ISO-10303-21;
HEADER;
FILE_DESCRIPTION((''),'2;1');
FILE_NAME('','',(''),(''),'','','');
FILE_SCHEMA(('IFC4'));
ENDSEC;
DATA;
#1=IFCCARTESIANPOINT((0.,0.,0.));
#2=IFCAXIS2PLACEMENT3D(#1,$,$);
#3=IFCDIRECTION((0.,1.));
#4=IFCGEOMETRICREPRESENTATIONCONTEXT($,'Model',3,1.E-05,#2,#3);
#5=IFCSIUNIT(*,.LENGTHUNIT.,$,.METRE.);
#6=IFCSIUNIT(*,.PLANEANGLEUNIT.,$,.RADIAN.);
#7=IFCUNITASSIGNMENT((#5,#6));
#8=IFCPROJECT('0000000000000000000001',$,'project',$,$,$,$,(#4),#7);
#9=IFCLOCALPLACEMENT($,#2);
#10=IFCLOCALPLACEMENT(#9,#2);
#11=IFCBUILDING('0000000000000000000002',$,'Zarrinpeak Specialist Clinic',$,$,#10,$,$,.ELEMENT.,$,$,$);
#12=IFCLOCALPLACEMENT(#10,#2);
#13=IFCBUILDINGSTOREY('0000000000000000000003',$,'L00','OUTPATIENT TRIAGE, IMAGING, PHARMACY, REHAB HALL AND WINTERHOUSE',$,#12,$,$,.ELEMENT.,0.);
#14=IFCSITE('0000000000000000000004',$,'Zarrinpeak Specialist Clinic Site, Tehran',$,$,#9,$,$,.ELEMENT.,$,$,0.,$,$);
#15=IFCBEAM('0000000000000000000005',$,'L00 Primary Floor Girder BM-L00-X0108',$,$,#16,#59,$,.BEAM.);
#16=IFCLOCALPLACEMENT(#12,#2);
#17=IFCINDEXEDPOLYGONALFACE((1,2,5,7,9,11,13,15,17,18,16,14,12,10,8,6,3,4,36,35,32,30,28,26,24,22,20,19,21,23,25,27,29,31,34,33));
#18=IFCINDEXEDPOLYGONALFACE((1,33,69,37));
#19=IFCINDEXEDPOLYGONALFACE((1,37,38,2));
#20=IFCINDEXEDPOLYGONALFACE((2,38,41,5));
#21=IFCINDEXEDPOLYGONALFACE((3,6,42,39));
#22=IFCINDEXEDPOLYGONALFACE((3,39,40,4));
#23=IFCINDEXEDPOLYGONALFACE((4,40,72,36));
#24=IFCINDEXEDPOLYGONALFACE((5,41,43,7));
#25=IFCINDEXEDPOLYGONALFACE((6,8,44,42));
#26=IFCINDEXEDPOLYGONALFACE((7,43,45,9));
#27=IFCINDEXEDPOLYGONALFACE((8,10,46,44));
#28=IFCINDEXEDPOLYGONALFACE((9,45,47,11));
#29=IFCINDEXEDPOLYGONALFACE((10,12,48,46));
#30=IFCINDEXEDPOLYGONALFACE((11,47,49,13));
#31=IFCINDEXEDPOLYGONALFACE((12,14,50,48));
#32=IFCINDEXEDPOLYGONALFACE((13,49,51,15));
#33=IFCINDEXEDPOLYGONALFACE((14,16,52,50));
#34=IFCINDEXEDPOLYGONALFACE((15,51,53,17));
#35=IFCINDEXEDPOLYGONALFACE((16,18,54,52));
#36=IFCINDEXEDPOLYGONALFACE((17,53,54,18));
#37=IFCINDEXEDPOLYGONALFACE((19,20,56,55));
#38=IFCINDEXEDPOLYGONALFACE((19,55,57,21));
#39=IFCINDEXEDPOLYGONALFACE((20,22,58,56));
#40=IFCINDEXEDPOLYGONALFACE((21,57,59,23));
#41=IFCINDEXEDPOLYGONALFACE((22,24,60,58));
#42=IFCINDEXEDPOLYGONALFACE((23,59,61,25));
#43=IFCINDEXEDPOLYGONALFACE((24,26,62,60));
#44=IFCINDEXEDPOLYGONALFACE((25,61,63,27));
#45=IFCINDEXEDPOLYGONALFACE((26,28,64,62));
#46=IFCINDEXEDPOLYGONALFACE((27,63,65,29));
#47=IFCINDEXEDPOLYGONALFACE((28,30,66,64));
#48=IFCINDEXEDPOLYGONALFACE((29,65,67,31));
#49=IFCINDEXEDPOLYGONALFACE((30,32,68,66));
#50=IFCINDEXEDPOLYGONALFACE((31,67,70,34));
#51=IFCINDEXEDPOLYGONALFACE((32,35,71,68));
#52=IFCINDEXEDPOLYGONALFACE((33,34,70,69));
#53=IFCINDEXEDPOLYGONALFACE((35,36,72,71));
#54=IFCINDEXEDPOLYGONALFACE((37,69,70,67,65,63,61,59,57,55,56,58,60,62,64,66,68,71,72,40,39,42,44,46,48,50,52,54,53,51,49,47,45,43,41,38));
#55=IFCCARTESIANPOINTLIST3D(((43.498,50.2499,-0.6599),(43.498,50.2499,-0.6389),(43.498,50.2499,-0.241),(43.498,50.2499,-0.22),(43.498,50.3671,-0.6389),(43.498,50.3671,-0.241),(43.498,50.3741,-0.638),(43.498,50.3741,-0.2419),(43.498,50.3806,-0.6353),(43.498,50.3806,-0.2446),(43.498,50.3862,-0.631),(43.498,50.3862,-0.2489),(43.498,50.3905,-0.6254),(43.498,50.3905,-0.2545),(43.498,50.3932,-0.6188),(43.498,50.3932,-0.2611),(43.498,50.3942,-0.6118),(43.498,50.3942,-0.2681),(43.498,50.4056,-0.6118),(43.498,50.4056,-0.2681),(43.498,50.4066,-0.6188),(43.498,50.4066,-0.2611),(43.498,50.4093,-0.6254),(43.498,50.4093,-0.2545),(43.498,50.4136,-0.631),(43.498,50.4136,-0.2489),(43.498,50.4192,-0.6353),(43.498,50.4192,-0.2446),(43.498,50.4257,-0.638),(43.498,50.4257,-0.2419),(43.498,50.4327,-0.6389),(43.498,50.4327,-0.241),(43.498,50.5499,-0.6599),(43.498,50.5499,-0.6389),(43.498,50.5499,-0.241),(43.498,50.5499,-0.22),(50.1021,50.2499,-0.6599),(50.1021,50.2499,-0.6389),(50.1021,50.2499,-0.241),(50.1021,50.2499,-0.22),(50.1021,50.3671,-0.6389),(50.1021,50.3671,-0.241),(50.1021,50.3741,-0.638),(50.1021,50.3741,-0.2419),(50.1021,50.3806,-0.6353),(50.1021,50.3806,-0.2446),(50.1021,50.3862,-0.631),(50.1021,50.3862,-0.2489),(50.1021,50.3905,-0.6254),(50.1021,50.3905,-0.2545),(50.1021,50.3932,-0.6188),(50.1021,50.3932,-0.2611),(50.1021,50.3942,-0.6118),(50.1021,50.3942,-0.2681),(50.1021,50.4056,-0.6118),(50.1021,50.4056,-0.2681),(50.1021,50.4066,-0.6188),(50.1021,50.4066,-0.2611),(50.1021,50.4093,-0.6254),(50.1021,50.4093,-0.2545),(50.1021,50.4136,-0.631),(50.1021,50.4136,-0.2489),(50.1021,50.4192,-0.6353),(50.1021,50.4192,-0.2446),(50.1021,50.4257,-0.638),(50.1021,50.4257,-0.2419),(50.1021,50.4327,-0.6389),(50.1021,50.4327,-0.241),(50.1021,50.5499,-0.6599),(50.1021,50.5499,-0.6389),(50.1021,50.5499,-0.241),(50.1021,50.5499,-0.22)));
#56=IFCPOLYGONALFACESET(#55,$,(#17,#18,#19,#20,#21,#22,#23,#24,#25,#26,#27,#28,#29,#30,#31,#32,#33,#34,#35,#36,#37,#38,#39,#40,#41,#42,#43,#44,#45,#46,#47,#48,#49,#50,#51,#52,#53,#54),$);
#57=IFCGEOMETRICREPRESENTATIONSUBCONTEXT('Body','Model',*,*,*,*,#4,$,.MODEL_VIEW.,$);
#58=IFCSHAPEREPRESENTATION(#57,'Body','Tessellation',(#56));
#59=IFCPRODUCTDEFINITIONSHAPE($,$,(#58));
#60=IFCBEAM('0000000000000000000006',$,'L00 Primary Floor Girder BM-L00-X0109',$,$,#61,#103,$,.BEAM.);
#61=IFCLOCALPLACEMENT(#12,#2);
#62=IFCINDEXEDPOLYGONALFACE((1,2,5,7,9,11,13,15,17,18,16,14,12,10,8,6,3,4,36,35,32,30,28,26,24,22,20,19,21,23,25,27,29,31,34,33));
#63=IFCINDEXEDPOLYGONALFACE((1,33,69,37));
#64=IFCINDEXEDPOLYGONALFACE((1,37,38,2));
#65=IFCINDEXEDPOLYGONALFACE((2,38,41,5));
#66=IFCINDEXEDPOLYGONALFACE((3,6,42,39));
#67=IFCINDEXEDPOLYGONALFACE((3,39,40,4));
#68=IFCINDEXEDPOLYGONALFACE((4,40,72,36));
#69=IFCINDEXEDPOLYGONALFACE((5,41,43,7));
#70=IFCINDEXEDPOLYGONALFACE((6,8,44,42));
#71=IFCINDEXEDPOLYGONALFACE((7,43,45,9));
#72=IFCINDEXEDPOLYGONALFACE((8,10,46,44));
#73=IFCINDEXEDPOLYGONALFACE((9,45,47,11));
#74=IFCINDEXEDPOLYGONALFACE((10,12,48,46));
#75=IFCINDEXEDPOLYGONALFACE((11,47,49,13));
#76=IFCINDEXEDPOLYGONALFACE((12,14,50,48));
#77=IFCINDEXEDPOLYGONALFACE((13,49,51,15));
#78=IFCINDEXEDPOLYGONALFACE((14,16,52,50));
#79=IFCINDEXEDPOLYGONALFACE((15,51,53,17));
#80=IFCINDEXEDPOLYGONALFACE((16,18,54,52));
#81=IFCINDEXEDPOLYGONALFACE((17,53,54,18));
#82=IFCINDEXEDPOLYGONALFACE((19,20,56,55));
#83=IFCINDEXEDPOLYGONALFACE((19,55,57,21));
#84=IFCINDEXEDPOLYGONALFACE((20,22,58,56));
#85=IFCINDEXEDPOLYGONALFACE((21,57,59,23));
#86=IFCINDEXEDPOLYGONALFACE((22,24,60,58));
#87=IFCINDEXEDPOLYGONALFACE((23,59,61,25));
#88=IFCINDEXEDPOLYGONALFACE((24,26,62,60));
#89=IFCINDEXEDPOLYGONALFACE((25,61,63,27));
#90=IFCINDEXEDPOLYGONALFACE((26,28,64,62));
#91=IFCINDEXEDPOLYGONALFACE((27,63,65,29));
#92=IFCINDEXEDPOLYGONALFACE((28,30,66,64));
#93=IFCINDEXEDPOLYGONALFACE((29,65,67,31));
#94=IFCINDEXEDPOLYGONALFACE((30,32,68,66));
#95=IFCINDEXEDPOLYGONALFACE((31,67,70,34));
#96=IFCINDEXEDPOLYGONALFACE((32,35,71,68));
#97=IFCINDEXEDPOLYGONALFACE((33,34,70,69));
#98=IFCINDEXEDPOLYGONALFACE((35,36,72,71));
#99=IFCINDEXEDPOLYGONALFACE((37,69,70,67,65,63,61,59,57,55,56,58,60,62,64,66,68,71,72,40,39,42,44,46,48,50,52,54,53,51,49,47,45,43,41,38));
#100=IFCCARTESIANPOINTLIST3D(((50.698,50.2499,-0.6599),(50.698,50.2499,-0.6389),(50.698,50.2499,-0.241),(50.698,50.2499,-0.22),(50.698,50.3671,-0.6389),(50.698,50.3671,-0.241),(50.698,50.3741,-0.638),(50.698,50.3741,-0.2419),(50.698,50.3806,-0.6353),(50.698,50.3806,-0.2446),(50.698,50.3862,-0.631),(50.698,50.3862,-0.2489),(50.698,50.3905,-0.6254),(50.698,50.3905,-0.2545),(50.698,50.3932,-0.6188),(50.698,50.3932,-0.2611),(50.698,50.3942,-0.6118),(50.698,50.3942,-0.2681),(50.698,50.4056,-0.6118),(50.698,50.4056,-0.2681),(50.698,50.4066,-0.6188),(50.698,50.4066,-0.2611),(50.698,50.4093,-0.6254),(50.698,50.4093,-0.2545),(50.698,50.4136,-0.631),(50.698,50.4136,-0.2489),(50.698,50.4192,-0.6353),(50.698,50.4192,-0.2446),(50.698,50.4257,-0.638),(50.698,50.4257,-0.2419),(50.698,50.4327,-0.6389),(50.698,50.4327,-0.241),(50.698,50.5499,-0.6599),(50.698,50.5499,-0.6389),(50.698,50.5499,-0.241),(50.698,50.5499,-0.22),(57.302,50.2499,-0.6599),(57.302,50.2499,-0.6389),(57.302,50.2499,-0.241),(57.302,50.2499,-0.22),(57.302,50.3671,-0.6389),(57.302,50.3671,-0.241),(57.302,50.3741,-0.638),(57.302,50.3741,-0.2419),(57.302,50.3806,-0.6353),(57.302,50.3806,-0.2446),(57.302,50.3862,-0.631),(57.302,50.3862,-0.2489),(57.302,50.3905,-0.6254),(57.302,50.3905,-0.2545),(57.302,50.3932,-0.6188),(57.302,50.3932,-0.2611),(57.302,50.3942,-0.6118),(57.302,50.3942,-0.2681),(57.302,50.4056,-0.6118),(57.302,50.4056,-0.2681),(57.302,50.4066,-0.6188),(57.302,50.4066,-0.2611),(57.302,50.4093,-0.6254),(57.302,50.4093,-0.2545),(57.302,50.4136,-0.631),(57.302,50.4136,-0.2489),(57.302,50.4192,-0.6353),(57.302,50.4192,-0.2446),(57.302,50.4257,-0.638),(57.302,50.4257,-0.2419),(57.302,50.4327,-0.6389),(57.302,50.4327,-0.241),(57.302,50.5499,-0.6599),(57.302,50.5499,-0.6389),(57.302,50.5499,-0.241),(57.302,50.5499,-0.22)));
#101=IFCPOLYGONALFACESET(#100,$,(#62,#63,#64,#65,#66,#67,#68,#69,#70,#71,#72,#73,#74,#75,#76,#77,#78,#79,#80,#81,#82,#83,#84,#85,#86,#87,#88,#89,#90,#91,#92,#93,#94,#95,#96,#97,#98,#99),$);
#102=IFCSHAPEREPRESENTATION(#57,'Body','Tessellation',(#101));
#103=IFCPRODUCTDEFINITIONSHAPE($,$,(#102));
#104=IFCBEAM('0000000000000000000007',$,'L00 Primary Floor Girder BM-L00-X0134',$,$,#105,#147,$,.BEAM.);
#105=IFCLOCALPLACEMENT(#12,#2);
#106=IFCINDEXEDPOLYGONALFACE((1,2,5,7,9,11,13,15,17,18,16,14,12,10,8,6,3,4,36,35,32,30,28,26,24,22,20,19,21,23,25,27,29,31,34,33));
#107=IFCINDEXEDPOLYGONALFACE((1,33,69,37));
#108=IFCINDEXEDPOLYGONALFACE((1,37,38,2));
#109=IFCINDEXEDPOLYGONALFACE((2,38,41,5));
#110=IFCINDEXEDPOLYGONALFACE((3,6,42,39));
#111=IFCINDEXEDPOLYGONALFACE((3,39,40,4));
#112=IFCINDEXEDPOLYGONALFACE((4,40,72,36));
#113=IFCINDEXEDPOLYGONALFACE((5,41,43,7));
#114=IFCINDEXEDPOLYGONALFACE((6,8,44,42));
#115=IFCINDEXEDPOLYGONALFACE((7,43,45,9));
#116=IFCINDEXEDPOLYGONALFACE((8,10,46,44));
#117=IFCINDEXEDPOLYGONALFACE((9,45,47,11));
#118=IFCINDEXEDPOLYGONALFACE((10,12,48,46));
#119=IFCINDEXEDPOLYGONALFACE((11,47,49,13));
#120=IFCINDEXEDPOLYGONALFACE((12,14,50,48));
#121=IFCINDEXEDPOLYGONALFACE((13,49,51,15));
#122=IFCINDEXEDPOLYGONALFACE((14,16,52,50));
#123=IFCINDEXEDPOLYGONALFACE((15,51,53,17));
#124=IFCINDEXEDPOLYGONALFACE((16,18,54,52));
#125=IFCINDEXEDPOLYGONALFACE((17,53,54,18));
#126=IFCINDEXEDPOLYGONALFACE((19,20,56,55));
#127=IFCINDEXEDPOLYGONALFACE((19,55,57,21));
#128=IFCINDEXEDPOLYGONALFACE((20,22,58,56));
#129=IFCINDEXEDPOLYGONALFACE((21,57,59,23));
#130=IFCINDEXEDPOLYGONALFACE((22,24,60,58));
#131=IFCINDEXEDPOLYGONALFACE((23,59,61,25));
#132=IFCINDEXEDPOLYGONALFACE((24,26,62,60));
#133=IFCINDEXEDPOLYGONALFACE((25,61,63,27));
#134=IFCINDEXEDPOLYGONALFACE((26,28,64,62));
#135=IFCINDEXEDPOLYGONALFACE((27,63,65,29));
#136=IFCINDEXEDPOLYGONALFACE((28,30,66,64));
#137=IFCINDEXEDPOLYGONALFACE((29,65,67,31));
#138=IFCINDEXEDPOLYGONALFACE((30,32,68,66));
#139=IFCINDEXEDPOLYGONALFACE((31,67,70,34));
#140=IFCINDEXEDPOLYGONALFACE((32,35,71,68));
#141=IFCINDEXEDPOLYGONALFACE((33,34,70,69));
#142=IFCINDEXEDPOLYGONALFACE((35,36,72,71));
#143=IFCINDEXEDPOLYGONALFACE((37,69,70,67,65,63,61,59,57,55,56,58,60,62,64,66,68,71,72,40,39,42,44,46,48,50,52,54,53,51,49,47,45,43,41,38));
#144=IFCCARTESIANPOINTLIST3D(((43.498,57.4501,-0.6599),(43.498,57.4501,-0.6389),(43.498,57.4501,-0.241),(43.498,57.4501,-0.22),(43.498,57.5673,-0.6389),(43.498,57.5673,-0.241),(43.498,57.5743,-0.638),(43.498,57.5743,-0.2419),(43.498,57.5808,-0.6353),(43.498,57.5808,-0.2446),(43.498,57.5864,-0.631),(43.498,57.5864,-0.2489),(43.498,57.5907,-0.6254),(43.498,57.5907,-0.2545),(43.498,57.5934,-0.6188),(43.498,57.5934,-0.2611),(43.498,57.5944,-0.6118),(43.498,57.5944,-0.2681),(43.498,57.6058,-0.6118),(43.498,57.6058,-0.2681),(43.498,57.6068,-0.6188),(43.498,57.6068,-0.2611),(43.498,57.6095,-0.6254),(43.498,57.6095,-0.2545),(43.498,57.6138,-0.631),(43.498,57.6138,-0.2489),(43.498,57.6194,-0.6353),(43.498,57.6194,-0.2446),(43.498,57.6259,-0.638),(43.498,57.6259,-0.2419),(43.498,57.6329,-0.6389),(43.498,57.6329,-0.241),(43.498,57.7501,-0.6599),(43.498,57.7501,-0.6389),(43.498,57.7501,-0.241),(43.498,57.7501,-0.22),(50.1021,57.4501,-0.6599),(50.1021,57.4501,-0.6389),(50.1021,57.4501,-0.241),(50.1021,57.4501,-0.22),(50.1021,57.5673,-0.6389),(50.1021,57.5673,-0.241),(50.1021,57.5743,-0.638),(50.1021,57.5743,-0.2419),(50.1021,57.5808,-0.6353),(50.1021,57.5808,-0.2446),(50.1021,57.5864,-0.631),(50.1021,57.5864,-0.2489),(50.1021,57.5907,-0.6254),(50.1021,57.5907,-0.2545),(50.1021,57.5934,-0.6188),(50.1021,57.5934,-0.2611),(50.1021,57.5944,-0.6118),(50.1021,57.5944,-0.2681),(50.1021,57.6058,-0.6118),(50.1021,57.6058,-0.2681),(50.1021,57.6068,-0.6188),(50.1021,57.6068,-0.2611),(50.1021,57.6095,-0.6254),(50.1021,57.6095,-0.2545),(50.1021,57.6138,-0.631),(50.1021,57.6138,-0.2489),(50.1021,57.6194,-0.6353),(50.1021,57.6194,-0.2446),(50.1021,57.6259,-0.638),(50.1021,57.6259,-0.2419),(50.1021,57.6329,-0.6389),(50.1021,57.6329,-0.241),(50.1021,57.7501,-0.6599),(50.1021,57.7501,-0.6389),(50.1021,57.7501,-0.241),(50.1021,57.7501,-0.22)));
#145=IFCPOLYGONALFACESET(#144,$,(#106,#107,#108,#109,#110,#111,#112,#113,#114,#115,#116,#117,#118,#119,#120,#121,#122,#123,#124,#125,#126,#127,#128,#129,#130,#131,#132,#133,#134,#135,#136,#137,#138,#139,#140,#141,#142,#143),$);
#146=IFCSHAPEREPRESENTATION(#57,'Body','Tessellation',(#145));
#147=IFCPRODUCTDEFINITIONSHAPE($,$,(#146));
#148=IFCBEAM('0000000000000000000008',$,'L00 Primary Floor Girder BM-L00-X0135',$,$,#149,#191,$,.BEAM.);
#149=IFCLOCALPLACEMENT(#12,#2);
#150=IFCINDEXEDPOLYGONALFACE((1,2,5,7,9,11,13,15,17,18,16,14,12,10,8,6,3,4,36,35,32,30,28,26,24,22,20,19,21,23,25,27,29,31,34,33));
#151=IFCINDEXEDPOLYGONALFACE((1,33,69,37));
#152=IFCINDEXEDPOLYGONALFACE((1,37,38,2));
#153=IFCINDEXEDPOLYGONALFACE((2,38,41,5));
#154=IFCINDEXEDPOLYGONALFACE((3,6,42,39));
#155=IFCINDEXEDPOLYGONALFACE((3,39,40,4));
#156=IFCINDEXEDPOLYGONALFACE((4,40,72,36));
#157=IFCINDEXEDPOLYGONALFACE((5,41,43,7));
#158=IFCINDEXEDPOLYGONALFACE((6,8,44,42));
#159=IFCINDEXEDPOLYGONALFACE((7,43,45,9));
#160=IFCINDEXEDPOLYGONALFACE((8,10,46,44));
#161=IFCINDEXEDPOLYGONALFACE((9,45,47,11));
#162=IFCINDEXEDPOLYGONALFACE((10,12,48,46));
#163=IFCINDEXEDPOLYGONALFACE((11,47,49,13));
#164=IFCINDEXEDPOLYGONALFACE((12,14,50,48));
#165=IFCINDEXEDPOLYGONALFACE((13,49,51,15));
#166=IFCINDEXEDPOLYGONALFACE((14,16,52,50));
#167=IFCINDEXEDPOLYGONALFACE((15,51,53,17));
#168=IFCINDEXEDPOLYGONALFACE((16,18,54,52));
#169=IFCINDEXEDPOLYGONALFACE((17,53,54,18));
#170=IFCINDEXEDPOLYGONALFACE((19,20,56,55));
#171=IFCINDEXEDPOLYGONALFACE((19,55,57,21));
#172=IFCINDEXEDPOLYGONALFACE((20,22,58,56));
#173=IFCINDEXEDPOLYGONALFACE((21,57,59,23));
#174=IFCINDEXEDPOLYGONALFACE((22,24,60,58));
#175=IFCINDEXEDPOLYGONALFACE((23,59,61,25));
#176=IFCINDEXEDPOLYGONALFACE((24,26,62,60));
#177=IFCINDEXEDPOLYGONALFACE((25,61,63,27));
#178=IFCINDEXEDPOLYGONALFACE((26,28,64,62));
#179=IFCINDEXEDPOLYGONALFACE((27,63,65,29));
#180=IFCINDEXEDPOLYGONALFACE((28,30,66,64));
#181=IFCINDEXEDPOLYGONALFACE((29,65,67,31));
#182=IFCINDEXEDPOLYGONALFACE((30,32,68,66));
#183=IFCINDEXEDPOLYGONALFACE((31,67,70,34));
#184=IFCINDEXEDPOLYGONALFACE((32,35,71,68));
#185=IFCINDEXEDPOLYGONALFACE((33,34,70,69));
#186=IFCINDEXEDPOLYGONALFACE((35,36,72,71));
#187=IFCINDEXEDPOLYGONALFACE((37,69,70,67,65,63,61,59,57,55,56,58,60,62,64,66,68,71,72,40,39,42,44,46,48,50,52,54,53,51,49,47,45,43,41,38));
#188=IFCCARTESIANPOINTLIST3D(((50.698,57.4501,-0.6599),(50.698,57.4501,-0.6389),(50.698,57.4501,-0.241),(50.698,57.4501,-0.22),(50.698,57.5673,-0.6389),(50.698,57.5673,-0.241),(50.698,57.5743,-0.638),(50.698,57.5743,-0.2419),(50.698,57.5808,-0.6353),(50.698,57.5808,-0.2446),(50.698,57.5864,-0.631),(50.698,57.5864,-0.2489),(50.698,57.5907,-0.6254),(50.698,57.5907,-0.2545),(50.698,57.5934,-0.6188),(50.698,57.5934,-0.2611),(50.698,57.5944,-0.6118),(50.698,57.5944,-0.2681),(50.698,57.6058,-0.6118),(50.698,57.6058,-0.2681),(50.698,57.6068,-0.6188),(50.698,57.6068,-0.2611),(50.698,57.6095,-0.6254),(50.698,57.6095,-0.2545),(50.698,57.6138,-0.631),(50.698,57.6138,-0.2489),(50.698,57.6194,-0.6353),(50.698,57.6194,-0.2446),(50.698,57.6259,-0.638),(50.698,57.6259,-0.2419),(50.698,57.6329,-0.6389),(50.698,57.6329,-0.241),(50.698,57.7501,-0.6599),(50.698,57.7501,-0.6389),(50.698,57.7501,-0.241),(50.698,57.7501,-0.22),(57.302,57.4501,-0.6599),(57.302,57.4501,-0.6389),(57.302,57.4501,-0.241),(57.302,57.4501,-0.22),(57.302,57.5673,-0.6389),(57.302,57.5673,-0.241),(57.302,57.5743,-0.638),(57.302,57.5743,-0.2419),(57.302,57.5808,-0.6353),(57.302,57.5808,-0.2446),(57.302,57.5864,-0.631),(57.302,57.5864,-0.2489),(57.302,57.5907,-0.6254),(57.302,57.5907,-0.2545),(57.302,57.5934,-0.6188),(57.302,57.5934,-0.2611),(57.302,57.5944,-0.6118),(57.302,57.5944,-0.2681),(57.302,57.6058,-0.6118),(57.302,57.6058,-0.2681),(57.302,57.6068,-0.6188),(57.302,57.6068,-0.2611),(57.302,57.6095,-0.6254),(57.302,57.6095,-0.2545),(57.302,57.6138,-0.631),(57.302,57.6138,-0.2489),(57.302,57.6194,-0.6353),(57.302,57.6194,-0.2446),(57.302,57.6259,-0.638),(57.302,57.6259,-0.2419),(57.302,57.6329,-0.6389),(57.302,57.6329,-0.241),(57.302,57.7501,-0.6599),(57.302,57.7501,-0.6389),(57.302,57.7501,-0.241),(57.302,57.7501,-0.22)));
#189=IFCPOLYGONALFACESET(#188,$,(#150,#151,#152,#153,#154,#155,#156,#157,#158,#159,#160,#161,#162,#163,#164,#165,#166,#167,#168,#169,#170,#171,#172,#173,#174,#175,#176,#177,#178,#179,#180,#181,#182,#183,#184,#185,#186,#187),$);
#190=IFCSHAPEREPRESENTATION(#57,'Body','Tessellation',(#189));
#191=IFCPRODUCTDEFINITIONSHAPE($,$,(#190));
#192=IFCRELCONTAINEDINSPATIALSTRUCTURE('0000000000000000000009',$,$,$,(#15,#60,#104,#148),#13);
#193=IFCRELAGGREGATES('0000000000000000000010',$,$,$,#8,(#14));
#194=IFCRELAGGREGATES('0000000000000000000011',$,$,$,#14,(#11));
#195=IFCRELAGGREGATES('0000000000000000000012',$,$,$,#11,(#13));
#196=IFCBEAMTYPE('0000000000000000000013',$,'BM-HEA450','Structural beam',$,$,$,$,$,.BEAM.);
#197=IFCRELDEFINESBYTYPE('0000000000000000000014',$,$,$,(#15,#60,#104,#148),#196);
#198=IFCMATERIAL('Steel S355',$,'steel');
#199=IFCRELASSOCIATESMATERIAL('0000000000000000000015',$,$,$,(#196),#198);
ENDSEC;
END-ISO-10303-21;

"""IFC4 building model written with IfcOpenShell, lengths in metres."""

from ifc_helpers import new_model, si_unit, direction, frame, origin, origin_2d, place, context, subcontext, project, spatial, i_section, extrude, material, material_profile, profile_set, type_object, element, save


model = new_model("IFC4")

# Units and contexts
model_context = context("Model", 3, precision=1e-05, world=origin(), true_north=direction((0.0, 1.0)))
body_context = subcontext(model_context, "Body", "Model", "MODEL_VIEW")
ifc_project = project(units=[si_unit("LENGTHUNIT", "METRE"), si_unit("PLANEANGLEUNIT", "RADIAN")], contexts=[model_context])

# Site, building, storey
site_placement = place(None, origin())
site = spatial("IfcSite", under=ifc_project, at=site_placement, Name="Zarrinpeak Specialist Clinic Site, Tehran", CompositionType="ELEMENT", RefElevation=0.0)
building_placement = place(site_placement, origin())
building = spatial("IfcBuilding", under=site, at=building_placement, Name="Zarrinpeak Specialist Clinic", CompositionType="ELEMENT")
storey_placement = place(building_placement, origin())
storey = spatial("IfcBuildingStorey", under=building, at=storey_placement, Name="L00", Description="OUTPATIENT TRIAGE, IMAGING, PHARMACY, REHAB HALL AND WINTERHOUSE", CompositionType="ELEMENT", Elevation=0.0)

# Beams
ifc_material = material(Name="Steel S355", Category="steel")
ifc_material_profile_1 = material_profile(ifc_material, i_section(OverallWidth=0.3, OverallDepth=0.4399, WebThickness=0.0115, FlangeThickness=0.021, FilletRadius=0.0271, at=origin_2d()), Name="HEA 450")
ifc_profile_set_1 = profile_set([ifc_material_profile_1], Name="Steel S355")
beam_type_1 = type_object("IfcBeamType", Name="BM-HEA450", Description="Structural beam", PredefinedType="BEAM", material=ifc_profile_set_1)
for number, where, z_axis, x_axis, name in (
    (1, (43.498, 50.3999, -0.4399), (1.0, 0.0, 0.0), (0.0, 1.0, 0.0), "L00 Primary Floor Girder BM-L00-X0108"),
    (2, (50.698, 50.3999, -0.4399), (1.0, 0.0, 0.0), (0.0, 1.0, 0.0), "L00 Primary Floor Girder BM-L00-X0109"),
    (3, (43.498, 57.6001, -0.4399), (1.0, 0.0, 0.0), (0.0, 1.0, 0.0), "L00 Primary Floor Girder BM-L00-X0134"),
    (4, (50.698, 57.6001, -0.4399), (1.0, 0.0, 0.0), (0.0, 1.0, 0.0), "L00 Primary Floor Girder BM-L00-X0135"),
):
    element("IfcBeam", number, at=place(storey_placement, frame(where, z_axis=z_axis, x_axis=x_axis)), inside=storey, type_object=beam_type_1, Name=name, PredefinedType="BEAM", context=body_context, shape_type="SweptSolid", body=[
        extrude(i_section(OverallWidth=0.3, OverallDepth=0.4399, WebThickness=0.0115, FlangeThickness=0.021, FilletRadius=0.0271, at=origin_2d()), origin(), (0.0, 0.0, 1.0), 6.604),
    ])

save(model, "model.ifc")
